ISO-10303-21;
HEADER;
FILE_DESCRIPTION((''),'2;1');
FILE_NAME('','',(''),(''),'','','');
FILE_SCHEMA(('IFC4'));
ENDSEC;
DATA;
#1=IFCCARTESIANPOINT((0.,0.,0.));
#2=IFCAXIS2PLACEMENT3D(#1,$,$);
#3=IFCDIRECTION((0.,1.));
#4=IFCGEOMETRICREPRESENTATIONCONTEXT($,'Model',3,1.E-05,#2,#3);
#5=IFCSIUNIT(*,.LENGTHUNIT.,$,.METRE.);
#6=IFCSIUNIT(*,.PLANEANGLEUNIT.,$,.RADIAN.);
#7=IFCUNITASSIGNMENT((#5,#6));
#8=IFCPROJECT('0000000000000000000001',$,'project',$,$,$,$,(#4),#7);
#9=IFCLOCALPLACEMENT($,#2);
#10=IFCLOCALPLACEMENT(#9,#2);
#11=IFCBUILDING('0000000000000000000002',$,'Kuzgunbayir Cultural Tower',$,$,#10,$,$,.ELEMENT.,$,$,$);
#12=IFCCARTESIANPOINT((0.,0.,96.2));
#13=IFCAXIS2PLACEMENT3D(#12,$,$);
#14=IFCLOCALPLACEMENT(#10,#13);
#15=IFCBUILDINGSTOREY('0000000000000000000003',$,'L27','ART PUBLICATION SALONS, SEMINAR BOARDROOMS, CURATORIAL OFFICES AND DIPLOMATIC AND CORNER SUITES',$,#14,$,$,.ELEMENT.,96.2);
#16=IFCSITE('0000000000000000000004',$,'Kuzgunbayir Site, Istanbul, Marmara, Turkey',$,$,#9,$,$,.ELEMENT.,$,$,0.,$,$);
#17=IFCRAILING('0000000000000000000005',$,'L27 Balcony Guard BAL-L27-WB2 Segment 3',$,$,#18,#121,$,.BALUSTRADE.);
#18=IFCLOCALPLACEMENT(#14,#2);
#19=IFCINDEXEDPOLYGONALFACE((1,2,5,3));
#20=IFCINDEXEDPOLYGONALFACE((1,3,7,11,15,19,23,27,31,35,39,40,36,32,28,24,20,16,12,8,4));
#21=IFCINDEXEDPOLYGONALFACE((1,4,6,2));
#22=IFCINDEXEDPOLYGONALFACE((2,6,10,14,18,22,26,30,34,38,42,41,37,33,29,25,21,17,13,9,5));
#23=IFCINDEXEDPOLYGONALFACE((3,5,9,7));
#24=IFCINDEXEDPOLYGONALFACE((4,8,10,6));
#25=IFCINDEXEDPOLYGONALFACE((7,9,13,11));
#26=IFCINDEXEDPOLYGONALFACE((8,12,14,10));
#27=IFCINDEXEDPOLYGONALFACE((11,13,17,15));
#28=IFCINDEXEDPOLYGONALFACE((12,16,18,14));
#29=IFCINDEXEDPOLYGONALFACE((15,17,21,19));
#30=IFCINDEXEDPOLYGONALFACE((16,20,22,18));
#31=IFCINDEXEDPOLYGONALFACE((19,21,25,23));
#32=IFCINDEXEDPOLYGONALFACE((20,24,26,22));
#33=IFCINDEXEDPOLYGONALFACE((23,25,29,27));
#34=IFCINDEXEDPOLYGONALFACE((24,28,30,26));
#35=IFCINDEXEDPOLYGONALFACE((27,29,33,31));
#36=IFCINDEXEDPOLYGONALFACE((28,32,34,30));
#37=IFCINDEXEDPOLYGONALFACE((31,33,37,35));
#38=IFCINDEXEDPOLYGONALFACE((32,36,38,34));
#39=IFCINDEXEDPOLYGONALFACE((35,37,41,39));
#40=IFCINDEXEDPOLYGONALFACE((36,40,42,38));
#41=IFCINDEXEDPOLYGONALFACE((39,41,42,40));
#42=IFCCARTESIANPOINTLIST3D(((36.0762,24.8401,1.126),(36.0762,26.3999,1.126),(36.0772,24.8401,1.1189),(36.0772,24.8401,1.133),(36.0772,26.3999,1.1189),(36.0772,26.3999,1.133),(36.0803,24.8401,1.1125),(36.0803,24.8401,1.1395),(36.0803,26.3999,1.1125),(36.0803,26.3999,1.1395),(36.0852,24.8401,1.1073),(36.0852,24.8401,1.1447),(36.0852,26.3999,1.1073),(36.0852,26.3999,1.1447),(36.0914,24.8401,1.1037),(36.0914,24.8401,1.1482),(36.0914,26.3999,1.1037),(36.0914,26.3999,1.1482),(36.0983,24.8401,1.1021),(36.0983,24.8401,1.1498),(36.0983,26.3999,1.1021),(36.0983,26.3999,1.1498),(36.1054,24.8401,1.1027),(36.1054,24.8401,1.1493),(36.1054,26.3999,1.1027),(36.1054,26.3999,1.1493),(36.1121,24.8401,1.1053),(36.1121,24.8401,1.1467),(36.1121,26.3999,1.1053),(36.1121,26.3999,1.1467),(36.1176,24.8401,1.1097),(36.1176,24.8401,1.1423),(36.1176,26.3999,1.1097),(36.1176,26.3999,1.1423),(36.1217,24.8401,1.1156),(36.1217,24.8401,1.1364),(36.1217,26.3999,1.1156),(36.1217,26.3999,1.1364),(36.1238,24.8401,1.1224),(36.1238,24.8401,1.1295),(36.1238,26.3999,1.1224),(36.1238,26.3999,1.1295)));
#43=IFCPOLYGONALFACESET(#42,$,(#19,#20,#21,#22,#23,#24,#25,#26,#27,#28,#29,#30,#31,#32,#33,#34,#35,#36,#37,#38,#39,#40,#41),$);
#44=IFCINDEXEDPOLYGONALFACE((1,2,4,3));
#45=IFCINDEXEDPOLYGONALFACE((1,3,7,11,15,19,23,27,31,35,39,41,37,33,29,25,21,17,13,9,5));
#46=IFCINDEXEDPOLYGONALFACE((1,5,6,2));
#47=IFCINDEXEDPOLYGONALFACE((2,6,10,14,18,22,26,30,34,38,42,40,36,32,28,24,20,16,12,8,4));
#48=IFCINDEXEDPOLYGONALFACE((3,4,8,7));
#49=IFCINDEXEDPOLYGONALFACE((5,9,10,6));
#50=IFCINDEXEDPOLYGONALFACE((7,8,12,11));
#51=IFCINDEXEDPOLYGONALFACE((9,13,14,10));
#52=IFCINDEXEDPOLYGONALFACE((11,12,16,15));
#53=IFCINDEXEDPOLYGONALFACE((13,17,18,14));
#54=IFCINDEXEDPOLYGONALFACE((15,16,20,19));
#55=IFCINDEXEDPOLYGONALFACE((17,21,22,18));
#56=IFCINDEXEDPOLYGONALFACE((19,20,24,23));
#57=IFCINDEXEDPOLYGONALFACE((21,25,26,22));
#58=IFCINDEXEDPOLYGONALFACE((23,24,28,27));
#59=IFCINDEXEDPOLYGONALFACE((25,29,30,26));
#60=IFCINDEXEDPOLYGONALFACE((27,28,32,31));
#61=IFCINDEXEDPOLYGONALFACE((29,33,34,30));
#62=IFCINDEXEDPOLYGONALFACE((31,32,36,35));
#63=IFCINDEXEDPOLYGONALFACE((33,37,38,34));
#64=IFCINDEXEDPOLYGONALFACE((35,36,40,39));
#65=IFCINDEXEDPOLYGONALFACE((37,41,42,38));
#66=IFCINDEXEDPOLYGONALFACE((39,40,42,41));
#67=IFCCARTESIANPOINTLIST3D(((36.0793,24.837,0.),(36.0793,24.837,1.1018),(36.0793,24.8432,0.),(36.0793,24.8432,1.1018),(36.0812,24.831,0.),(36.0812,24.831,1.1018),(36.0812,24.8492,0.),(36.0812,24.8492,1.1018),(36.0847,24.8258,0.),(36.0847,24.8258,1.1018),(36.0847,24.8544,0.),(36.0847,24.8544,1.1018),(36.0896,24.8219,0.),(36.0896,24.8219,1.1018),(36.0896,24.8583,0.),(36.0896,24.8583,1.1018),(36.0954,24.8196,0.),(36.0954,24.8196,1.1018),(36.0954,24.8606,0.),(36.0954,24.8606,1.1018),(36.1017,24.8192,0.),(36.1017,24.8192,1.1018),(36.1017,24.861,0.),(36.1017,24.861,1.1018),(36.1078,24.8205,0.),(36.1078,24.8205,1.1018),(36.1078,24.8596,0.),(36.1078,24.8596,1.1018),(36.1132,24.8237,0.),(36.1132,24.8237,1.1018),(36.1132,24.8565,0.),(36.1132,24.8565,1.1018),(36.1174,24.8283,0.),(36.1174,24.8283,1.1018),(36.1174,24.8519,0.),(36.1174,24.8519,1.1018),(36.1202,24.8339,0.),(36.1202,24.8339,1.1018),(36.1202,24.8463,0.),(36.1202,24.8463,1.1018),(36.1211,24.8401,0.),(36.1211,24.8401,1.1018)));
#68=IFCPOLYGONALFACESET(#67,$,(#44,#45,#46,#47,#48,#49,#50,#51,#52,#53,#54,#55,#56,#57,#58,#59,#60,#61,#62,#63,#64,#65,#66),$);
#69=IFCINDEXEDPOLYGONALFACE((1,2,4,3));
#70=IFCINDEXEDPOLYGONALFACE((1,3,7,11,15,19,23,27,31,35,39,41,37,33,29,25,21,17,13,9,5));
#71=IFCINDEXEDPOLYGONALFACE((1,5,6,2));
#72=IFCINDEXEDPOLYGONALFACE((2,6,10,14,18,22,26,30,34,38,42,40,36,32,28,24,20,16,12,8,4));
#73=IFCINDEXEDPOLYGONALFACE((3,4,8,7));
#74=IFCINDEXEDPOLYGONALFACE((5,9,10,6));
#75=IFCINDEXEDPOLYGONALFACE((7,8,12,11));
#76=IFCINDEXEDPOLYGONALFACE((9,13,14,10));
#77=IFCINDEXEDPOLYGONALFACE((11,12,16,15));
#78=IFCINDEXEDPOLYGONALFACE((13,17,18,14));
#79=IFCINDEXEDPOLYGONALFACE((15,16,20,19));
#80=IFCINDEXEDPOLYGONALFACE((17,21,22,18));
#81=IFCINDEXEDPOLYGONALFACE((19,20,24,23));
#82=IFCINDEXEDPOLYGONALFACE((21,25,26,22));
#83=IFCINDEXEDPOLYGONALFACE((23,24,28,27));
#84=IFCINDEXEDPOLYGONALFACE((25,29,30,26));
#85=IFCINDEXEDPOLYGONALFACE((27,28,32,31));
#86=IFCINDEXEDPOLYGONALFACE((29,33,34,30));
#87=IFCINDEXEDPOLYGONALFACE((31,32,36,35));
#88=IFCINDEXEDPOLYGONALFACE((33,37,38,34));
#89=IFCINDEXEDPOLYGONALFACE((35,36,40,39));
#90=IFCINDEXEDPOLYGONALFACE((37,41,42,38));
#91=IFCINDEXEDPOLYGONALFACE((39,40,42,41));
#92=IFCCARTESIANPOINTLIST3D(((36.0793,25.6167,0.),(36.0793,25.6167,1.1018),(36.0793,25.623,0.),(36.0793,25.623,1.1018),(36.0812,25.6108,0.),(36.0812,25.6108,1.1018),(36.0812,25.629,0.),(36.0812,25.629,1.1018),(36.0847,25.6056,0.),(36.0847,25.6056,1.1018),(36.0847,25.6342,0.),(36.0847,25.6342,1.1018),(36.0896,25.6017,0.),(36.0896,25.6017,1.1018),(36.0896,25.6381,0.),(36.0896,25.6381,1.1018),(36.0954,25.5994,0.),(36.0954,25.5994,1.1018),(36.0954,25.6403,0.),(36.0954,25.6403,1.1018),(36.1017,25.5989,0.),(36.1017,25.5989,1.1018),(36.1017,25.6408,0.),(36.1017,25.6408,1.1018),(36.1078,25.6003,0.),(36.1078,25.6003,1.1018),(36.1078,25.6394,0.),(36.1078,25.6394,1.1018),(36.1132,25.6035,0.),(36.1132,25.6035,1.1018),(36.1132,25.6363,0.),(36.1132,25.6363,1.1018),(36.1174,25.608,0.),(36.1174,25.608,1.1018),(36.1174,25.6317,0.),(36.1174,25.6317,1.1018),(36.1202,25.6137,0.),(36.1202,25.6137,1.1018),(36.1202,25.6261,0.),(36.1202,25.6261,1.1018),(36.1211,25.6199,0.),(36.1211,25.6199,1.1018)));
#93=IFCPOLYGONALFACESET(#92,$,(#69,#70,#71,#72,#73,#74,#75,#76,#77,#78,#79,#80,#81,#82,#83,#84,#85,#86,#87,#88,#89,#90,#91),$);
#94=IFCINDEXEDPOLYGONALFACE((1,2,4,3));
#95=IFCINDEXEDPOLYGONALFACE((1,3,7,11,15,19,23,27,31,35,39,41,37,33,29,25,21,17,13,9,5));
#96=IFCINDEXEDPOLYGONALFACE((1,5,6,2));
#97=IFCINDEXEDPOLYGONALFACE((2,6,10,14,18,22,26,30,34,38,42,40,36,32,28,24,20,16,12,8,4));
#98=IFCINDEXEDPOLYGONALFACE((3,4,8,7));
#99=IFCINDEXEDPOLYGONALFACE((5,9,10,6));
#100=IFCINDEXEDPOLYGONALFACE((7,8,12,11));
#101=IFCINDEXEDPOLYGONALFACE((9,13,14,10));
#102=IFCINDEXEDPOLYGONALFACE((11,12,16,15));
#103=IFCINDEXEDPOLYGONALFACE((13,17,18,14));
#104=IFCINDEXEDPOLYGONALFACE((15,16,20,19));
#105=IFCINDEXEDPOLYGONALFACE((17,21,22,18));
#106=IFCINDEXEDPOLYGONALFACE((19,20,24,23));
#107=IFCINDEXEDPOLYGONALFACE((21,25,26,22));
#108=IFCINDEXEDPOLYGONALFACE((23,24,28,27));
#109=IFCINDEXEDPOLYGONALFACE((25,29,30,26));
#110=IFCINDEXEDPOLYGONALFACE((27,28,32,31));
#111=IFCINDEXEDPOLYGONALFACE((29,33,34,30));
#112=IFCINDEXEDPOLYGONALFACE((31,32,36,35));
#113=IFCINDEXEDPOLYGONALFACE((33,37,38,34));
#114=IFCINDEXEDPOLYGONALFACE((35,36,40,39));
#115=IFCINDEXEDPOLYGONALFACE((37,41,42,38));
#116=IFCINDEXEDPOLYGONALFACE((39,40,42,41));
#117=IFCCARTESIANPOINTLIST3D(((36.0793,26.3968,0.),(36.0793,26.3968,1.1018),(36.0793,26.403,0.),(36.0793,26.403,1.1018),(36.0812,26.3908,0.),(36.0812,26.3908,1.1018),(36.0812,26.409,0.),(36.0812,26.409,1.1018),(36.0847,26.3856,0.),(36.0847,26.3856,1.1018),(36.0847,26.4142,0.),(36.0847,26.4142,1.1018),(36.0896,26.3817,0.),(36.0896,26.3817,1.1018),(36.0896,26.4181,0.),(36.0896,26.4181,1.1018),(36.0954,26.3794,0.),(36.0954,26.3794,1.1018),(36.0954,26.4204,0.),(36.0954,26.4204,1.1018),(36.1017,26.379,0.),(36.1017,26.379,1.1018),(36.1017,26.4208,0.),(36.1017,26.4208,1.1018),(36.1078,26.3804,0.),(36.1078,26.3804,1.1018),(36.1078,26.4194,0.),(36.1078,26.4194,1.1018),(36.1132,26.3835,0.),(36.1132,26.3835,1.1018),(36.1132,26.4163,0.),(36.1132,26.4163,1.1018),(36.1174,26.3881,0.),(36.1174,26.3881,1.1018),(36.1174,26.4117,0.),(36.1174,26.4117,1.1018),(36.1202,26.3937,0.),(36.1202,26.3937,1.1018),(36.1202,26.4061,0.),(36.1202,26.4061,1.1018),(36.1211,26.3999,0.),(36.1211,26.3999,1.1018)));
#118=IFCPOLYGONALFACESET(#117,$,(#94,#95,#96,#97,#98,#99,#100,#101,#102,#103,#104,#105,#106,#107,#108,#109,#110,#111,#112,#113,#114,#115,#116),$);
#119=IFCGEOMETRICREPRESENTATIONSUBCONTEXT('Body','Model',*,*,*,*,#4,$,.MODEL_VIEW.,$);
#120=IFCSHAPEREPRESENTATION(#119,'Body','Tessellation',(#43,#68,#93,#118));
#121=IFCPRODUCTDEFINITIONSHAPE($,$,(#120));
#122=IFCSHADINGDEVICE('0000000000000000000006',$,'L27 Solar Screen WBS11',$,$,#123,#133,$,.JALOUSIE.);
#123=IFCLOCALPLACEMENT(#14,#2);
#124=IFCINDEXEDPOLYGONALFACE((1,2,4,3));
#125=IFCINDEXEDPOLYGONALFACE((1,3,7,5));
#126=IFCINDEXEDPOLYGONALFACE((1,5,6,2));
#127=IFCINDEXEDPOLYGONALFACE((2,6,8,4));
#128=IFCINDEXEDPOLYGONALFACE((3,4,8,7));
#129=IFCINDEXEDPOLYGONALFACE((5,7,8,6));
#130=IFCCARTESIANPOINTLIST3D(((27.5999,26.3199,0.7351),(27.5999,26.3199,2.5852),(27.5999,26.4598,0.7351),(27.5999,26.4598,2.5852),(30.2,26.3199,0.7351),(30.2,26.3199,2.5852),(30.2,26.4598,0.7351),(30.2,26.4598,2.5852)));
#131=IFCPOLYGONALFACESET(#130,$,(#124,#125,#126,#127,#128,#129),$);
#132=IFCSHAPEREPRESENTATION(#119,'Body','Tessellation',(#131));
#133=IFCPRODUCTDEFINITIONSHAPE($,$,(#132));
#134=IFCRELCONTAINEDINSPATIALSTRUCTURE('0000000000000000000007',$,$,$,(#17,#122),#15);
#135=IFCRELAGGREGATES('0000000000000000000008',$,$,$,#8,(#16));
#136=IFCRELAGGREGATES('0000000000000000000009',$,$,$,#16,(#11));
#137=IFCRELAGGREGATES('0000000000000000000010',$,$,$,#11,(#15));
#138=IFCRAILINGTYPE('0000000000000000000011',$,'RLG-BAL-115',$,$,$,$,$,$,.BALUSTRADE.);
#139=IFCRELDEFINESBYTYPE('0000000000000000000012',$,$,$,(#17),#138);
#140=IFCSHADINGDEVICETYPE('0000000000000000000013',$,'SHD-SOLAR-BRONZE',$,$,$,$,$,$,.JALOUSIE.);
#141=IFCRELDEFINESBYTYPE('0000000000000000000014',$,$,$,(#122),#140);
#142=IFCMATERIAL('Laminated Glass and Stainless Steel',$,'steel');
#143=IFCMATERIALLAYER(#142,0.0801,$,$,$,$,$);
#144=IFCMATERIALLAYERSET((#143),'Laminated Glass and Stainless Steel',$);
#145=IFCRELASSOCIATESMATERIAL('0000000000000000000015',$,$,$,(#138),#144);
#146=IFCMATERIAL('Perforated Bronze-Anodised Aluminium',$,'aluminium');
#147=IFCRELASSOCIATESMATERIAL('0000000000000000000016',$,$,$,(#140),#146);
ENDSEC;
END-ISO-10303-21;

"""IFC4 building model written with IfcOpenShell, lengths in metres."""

from ifc_helpers import new_model, si_unit, direction, frame, origin, origin_2d, place, context, subcontext, project, spatial, rectangle, circle, extrude, material, layer, layer_set, type_object, element, save


model = new_model("IFC4")

# Units and contexts
model_context = context("Model", 3, precision=1e-05, world=origin(), true_north=direction((0.0, 1.0)))
body_context = subcontext(model_context, "Body", "Model", "MODEL_VIEW")
ifc_project = project(units=[si_unit("LENGTHUNIT", "METRE"), si_unit("PLANEANGLEUNIT", "RADIAN")], contexts=[model_context])

# Site, building, storey
site_placement = place(None, origin())
site = spatial("IfcSite", under=ifc_project, at=site_placement, Name="Kuzgunbayir Site, Istanbul, Marmara, Turkey", CompositionType="ELEMENT", RefElevation=0.0)
building_placement = place(site_placement, origin())
building = spatial("IfcBuilding", under=site, at=building_placement, Name="Kuzgunbayir Cultural Tower", CompositionType="ELEMENT")
storey_placement = place(building_placement, frame((0.0, 0.0, 96.2)))
storey = spatial("IfcBuildingStorey", under=building, at=storey_placement, Name="L27", Description="ART PUBLICATION SALONS, SEMINAR BOARDROOMS, CURATORIAL OFFICES AND DIPLOMATIC AND CORNER SUITES", CompositionType="ELEMENT", Elevation=96.2)

# Railing
ifc_material_1 = material(Name="Laminated Glass and Stainless Steel", Category="steel")
ifc_layer_1 = layer(ifc_material_1, 0.0801)
ifc_layer_set_1 = layer_set([ifc_layer_1], Name="Laminated Glass and Stainless Steel")
railing_type = type_object("IfcRailingType", Name="RLG-BAL-115", PredefinedType="BALUSTRADE", material=ifc_layer_set_1)
railing_1_placement = place(storey_placement, frame((36.1001, 24.8401, 0.0)))
element("IfcRailing", 1, at=railing_1_placement, inside=storey, type_object=railing_type, Name="L27 Balcony Guard BAL-L27-WB2 Segment 3", PredefinedType="BALUSTRADE", context=body_context, shape_type="SweptSolid", body=[
    extrude(circle(Radius=0.0239, at=origin_2d()), frame((0.0, 0.0, 1.126), z_axis=(0.0, 1.0, 0.0), x_axis=(-1.0, 0.0, 0.0)), (0.0, 0.0, 1.0), 1.5598),
    extrude(circle(Radius=0.021, at=origin_2d()), origin(), (0.0, 0.0, 1.0), 1.1018),
    extrude(circle(Radius=0.021, at=origin_2d()), frame((0.0, 0.7798, 0.0)), (0.0, 0.0, 1.0), 1.1018),
    extrude(circle(Radius=0.021, at=origin_2d()), frame((0.0, 1.5598, 0.0)), (0.0, 0.0, 1.0), 1.1018),
])

# Shading device
ifc_material_2 = material(Name="Perforated Bronze-Anodised Aluminium", Category="aluminium")
shading_device_type = type_object("IfcShadingDeviceType", Name="SHD-SOLAR-BRONZE", PredefinedType="JALOUSIE", material=ifc_material_2)
shading_device_placement = place(storey_placement, frame((28.8999, 26.3899, 0.7351), z_axis=(0.0, 0.0, 1.0), x_axis=(1.0, 0.0, 0.0)))
element("IfcShadingDevice", 2, at=shading_device_placement, inside=storey, type_object=shading_device_type, Name="L27 Solar Screen WBS11", PredefinedType="JALOUSIE", context=body_context, shape_type="SweptSolid", body=[
    extrude(rectangle(XDim=2.6001, YDim=0.1399, at=origin_2d()), origin(), (0.0, 0.0, 1.0), 1.8501),
])

save(model, "model.ifc")
